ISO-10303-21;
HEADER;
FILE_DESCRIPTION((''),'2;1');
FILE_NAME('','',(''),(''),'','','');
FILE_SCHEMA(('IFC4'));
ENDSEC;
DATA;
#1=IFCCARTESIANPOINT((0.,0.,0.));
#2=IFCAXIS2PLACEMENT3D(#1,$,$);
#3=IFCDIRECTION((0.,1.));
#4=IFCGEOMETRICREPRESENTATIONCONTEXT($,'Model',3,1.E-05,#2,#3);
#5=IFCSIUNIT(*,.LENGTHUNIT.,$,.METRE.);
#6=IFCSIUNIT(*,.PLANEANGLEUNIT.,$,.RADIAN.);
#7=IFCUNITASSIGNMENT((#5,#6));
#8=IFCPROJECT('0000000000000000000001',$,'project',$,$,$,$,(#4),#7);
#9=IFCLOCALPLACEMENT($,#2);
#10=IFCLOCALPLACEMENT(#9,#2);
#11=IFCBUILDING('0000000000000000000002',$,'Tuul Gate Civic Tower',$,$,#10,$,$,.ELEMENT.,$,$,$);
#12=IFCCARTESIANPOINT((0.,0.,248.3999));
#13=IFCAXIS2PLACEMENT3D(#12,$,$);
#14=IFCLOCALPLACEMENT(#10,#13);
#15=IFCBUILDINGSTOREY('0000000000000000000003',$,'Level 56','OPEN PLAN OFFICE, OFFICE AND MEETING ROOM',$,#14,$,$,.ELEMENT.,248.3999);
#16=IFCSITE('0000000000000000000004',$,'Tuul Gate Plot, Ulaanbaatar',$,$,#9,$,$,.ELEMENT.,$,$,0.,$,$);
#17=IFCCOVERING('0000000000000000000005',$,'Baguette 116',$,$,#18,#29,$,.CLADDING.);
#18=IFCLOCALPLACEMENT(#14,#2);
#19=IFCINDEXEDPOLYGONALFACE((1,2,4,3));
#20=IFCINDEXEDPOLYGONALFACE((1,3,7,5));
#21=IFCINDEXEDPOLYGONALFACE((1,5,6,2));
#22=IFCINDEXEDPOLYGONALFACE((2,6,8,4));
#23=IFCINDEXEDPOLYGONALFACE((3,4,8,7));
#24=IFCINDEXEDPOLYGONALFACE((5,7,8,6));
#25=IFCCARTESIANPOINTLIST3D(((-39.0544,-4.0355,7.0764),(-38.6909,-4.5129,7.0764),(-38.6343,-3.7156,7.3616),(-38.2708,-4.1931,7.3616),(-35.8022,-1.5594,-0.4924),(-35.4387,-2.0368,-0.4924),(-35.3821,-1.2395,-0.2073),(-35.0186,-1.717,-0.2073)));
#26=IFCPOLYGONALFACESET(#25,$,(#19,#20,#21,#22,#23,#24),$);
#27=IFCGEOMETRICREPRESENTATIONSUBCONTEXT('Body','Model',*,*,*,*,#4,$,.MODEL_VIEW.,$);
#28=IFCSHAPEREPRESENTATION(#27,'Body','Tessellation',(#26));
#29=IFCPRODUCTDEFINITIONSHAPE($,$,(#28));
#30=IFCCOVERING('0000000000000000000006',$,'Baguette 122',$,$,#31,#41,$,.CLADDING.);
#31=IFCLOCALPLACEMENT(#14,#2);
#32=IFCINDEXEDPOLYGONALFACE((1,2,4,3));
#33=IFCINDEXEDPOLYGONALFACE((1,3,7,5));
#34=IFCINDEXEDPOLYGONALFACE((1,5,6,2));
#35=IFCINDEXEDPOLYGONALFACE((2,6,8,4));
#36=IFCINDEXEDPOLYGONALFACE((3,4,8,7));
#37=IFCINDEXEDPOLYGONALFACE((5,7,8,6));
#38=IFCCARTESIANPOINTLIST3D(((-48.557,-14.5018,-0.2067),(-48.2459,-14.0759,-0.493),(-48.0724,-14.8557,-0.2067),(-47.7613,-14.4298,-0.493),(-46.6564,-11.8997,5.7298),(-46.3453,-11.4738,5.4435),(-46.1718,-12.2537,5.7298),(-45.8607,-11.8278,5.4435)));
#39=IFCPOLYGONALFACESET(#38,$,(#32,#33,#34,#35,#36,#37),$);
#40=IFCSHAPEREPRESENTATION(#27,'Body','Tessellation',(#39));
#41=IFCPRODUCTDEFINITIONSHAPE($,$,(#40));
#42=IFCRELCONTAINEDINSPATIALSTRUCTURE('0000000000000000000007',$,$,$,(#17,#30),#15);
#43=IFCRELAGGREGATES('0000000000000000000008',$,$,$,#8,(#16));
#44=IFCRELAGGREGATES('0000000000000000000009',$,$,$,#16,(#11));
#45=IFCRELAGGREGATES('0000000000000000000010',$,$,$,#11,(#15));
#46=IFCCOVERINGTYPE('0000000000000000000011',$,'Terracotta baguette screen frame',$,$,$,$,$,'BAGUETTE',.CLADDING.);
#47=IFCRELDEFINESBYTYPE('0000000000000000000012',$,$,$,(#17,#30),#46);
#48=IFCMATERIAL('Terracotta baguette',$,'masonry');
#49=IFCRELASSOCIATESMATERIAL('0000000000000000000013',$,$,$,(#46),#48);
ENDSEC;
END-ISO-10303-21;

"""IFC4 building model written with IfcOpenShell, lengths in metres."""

from ifc_helpers import new_model, si_unit, direction, frame, origin, origin_2d, place, context, subcontext, project, spatial, rectangle, extrude, material, material_profile, profile_set, type_object, element, save


model = new_model("IFC4")

# Units and contexts
model_context = context("Model", 3, precision=1e-05, world=origin(), true_north=direction((0.0, 1.0)))
body_context = subcontext(model_context, "Body", "Model", "MODEL_VIEW")
ifc_project = project(units=[si_unit("LENGTHUNIT", "METRE"), si_unit("PLANEANGLEUNIT", "RADIAN")], contexts=[model_context])

# Site, building, storey
site_placement = place(None, origin())
site = spatial("IfcSite", under=ifc_project, at=site_placement, Name="Tuul Gate Plot, Ulaanbaatar", CompositionType="ELEMENT", RefElevation=0.0)
building_placement = place(site_placement, origin())
building = spatial("IfcBuilding", under=site, at=building_placement, Name="Tuul Gate Civic Tower", CompositionType="ELEMENT")
storey_placement = place(building_placement, frame((0.0, 0.0, 248.3999)))
storey = spatial("IfcBuildingStorey", under=building, at=storey_placement, Name="Level 56", Description="OPEN PLAN OFFICE, OFFICE AND MEETING ROOM", CompositionType="ELEMENT", Elevation=248.3999)

# Coverings
ifc_material_1 = material(Name="Terracotta baguette", Category="masonry")
ifc_material_profile_1 = material_profile(ifc_material_1, rectangle(XDim=0.6001, YDim=0.6001, at=origin_2d()), Name="Terracotta baguette screen frame")
ifc_profile_set_1 = profile_set([ifc_material_profile_1], Name="Terracotta baguette")
covering_type = type_object("IfcCoveringType", Name="Terracotta baguette screen frame", ElementType="BAGUETTE", PredefinedType="CLADDING", material=ifc_profile_set_1)
covering_1_placement = place(storey_placement, frame((-38.6626, -4.1143, 7.219), z_axis=(0.378073, 0.287847, -0.879889), x_axis=(-0.605766, 0.795643, 0.0)))
element("IfcCovering", 1, at=covering_1_placement, inside=storey, type_object=covering_type, Name="Baguette 116", PredefinedType="CLADDING", context=body_context, shape_type="SweptSolid", body=[
    extrude(rectangle(XDim=0.6001, YDim=0.6001, at=origin_2d()), origin(), (0.0, 0.0, 1.0), 8.6021),
])
covering_2_placement = place(storey_placement, frame((-46.2585, -11.8638, 5.5867), z_axis=(-0.281381, -0.385223, -0.878879), x_axis=(0.807519, -0.589842, 0.0)))
element("IfcCovering", 2, at=covering_2_placement, inside=storey, type_object=covering_type, Name="Baguette 122", PredefinedType="CLADDING", context=body_context, shape_type="SweptSolid", body=[
    extrude(rectangle(XDim=0.6001, YDim=0.6001, at=origin_2d()), origin(), (0.0, 0.0, 1.0), 6.7546),
])

save(model, "model.ifc")
